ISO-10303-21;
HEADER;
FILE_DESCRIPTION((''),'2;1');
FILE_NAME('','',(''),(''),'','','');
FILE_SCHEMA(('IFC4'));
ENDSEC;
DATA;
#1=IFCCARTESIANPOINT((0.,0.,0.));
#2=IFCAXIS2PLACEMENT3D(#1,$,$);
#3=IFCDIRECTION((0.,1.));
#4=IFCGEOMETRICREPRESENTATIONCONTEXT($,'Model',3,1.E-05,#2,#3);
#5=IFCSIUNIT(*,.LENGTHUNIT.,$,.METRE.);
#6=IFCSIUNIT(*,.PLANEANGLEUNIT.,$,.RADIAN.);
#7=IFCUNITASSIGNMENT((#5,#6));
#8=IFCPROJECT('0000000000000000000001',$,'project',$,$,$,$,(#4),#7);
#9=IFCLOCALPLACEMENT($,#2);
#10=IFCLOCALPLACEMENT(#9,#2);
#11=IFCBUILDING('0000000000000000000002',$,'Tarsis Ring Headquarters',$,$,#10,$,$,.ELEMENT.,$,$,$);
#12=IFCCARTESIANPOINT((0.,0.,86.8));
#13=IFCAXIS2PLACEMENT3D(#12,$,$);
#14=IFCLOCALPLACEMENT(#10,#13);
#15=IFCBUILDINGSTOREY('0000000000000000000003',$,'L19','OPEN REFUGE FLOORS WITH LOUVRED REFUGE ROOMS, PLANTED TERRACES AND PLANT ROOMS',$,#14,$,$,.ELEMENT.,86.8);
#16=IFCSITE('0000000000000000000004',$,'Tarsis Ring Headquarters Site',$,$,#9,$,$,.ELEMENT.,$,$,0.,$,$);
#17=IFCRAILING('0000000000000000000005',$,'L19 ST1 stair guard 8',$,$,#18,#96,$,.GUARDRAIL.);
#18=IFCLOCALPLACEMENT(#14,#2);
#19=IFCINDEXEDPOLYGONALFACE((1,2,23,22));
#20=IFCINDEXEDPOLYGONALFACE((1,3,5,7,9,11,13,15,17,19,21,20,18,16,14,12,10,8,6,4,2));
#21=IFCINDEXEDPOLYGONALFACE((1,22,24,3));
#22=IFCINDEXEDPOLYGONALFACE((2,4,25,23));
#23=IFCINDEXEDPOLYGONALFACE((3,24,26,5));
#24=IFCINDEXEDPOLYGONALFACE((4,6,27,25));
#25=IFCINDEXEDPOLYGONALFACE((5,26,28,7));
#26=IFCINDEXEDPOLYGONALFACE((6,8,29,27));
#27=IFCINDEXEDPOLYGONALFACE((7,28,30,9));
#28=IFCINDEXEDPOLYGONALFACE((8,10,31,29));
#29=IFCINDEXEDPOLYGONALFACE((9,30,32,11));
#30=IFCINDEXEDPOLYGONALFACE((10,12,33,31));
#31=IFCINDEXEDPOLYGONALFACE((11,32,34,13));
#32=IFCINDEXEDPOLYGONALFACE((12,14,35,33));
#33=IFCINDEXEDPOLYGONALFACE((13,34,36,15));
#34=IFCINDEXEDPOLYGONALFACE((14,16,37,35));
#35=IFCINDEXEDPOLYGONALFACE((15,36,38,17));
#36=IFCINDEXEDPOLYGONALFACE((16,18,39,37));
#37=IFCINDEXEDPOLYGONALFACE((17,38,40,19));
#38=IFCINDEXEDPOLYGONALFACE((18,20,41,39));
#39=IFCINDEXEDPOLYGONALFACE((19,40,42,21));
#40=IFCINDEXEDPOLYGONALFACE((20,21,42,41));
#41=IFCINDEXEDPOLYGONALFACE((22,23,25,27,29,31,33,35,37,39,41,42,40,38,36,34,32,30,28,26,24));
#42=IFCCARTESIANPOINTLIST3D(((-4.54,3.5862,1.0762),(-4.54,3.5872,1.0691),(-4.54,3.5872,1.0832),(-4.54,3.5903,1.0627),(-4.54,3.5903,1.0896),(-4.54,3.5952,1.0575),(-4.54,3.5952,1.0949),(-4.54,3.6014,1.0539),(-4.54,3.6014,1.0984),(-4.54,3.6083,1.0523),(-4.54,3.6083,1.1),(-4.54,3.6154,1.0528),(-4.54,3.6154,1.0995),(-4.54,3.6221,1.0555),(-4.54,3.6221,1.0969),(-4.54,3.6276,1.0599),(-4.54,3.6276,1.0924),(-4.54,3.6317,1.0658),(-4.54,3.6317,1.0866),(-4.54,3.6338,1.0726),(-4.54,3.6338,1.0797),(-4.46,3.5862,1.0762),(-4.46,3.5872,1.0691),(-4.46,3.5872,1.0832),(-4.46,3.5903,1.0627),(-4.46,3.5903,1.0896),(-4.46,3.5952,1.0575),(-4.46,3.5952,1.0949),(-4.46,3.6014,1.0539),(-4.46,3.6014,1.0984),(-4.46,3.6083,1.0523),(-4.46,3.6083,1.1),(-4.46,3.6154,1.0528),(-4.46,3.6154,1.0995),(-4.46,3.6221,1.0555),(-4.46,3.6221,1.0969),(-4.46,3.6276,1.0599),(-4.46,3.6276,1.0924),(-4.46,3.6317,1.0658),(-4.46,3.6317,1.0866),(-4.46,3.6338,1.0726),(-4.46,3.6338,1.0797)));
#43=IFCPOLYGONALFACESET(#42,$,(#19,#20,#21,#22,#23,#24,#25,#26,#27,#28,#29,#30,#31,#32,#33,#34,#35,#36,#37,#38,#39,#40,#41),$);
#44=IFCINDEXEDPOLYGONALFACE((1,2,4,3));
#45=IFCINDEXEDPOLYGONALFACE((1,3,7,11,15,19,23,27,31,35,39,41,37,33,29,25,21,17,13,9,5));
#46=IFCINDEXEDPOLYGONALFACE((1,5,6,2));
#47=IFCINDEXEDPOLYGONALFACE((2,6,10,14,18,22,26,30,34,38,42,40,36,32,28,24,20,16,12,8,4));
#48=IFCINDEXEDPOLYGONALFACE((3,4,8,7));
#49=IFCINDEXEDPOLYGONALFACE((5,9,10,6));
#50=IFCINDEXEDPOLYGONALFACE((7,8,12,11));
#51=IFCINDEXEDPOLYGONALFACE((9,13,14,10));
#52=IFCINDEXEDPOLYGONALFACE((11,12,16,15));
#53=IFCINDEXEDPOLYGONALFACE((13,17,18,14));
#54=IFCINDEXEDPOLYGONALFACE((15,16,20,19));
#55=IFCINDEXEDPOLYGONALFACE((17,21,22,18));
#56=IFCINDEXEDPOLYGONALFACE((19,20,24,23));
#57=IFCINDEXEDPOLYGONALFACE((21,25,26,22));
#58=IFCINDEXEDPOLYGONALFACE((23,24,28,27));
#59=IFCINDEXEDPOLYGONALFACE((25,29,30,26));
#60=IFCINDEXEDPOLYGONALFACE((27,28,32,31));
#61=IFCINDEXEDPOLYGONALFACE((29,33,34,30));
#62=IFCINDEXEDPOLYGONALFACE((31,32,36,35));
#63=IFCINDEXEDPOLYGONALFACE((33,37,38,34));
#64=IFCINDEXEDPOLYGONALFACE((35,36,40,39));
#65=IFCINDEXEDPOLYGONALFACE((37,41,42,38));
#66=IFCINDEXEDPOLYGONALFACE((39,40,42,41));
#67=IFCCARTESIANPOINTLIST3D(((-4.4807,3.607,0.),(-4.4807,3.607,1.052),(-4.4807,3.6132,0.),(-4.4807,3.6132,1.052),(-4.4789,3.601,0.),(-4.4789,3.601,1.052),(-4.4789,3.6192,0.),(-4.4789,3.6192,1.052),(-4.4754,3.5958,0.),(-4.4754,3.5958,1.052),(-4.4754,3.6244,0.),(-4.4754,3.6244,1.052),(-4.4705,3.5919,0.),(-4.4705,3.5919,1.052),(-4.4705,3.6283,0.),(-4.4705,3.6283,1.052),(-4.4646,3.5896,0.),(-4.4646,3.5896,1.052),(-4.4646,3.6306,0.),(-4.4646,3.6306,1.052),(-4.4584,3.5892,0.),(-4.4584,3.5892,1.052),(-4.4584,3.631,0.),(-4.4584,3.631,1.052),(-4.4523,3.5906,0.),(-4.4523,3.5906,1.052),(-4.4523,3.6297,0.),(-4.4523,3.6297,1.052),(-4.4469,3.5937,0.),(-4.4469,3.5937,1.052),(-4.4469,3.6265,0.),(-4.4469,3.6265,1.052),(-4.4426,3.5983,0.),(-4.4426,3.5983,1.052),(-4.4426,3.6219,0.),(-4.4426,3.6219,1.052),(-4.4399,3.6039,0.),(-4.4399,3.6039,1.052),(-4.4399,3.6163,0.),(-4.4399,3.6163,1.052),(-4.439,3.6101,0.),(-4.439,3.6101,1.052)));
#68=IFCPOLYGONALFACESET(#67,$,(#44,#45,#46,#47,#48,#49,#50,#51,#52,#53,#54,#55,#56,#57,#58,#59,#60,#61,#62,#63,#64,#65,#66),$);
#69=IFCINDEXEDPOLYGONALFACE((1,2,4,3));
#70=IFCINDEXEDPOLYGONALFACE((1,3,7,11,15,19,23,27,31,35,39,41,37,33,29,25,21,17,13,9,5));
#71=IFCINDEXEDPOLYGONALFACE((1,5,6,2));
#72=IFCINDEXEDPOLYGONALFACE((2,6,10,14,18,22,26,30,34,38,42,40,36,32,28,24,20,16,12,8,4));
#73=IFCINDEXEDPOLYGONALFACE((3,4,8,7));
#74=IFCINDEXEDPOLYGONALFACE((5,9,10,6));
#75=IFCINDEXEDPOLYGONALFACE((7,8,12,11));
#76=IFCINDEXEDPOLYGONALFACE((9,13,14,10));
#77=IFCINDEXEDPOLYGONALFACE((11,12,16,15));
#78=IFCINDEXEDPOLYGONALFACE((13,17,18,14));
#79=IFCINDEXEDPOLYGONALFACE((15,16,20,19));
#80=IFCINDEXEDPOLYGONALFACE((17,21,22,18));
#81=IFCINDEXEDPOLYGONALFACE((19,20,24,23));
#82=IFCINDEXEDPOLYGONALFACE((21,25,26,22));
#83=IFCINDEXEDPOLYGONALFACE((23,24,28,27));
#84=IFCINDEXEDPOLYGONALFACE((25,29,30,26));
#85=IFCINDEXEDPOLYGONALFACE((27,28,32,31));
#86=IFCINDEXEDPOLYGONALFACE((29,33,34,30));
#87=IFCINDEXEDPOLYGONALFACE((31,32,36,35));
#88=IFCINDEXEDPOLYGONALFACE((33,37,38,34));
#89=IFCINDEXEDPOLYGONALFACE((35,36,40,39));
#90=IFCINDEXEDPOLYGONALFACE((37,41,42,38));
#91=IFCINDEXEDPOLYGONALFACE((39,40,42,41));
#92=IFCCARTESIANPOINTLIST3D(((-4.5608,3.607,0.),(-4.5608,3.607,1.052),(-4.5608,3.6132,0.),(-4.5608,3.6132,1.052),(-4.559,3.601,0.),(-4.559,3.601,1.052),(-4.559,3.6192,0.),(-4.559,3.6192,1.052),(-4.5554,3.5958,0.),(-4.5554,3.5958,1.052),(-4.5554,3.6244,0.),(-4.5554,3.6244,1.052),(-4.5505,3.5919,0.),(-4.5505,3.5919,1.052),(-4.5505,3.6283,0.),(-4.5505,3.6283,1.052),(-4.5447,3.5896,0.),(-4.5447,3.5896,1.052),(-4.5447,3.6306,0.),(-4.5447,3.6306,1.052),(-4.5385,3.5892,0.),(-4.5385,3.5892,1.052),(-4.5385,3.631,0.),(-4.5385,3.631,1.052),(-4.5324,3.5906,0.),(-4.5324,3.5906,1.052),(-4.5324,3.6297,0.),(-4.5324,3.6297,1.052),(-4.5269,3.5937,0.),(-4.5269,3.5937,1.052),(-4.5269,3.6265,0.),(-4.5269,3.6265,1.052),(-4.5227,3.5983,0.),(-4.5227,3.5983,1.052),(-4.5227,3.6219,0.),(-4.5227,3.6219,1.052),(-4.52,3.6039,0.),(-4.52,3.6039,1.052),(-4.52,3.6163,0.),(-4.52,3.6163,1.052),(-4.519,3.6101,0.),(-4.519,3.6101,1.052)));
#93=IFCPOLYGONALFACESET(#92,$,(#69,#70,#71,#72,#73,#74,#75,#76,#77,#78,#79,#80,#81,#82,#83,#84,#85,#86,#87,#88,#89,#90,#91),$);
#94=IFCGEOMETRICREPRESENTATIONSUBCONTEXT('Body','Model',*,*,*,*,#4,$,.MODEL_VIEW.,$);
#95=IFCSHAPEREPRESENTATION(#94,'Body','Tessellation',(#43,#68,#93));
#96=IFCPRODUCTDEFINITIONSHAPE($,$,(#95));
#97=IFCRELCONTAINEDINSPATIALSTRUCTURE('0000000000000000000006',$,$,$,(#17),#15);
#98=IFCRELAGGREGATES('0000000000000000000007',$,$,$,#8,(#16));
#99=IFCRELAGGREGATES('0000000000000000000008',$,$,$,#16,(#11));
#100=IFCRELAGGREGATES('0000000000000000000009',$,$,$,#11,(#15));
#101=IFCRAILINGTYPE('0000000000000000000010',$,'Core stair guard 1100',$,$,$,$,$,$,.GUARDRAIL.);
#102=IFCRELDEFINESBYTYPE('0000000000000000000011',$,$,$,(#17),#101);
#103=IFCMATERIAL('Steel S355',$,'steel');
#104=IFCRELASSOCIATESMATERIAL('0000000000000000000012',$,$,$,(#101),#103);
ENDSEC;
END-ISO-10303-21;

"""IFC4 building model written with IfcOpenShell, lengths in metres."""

from ifc_helpers import new_model, si_unit, direction, frame, origin, origin_2d, place, context, subcontext, project, spatial, circle, extrude, material, type_object, element, save


model = new_model("IFC4")

# Units and contexts
model_context = context("Model", 3, precision=1e-05, world=origin(), true_north=direction((0.0, 1.0)))
body_context = subcontext(model_context, "Body", "Model", "MODEL_VIEW")
ifc_project = project(units=[si_unit("LENGTHUNIT", "METRE"), si_unit("PLANEANGLEUNIT", "RADIAN")], contexts=[model_context])

# Site, building, storey
site_placement = place(None, origin())
site = spatial("IfcSite", under=ifc_project, at=site_placement, Name="Tarsis Ring Headquarters Site", CompositionType="ELEMENT", RefElevation=0.0)
building_placement = place(site_placement, origin())
building = spatial("IfcBuilding", under=site, at=building_placement, Name="Tarsis Ring Headquarters", CompositionType="ELEMENT")
storey_placement = place(building_placement, frame((0.0, 0.0, 86.8)))
storey = spatial("IfcBuildingStorey", under=building, at=storey_placement, Name="L19", Description="OPEN REFUGE FLOORS WITH LOUVRED REFUGE ROOMS, PLANTED TERRACES AND PLANT ROOMS", CompositionType="ELEMENT", Elevation=86.8)

# Shared definitions
ifc_material_1 = material(Name="Steel S355", Category="steel")

# Railing
railing_type_1 = type_object("IfcRailingType", Name="Core stair guard 1100", PredefinedType="GUARDRAIL", material=ifc_material_1)
railing_1_placement = place(storey_placement, frame((-4.46, 3.6101, 0.0)))
element("IfcRailing", 1, at=railing_1_placement, inside=storey, type_object=railing_type_1, Name="L19 ST1 stair guard 8", PredefinedType="GUARDRAIL", context=body_context, shape_type="SweptSolid", body=[
    extrude(circle(Radius=0.0239, at=origin_2d()), frame((0.0, 0.0, 1.0762), z_axis=(-1.0, 0.0, 0.0), x_axis=(0.0, -1.0, 0.0)), (0.0, 0.0, 1.0), 0.0801),
    extrude(circle(Radius=0.021, at=origin_2d()), origin(), (0.0, 0.0, 1.0), 1.052),
    extrude(circle(Radius=0.021, at=origin_2d()), frame((-0.0801, 0.0, 0.0)), (0.0, 0.0, 1.0), 1.052),
])

save(model, "model.ifc")
